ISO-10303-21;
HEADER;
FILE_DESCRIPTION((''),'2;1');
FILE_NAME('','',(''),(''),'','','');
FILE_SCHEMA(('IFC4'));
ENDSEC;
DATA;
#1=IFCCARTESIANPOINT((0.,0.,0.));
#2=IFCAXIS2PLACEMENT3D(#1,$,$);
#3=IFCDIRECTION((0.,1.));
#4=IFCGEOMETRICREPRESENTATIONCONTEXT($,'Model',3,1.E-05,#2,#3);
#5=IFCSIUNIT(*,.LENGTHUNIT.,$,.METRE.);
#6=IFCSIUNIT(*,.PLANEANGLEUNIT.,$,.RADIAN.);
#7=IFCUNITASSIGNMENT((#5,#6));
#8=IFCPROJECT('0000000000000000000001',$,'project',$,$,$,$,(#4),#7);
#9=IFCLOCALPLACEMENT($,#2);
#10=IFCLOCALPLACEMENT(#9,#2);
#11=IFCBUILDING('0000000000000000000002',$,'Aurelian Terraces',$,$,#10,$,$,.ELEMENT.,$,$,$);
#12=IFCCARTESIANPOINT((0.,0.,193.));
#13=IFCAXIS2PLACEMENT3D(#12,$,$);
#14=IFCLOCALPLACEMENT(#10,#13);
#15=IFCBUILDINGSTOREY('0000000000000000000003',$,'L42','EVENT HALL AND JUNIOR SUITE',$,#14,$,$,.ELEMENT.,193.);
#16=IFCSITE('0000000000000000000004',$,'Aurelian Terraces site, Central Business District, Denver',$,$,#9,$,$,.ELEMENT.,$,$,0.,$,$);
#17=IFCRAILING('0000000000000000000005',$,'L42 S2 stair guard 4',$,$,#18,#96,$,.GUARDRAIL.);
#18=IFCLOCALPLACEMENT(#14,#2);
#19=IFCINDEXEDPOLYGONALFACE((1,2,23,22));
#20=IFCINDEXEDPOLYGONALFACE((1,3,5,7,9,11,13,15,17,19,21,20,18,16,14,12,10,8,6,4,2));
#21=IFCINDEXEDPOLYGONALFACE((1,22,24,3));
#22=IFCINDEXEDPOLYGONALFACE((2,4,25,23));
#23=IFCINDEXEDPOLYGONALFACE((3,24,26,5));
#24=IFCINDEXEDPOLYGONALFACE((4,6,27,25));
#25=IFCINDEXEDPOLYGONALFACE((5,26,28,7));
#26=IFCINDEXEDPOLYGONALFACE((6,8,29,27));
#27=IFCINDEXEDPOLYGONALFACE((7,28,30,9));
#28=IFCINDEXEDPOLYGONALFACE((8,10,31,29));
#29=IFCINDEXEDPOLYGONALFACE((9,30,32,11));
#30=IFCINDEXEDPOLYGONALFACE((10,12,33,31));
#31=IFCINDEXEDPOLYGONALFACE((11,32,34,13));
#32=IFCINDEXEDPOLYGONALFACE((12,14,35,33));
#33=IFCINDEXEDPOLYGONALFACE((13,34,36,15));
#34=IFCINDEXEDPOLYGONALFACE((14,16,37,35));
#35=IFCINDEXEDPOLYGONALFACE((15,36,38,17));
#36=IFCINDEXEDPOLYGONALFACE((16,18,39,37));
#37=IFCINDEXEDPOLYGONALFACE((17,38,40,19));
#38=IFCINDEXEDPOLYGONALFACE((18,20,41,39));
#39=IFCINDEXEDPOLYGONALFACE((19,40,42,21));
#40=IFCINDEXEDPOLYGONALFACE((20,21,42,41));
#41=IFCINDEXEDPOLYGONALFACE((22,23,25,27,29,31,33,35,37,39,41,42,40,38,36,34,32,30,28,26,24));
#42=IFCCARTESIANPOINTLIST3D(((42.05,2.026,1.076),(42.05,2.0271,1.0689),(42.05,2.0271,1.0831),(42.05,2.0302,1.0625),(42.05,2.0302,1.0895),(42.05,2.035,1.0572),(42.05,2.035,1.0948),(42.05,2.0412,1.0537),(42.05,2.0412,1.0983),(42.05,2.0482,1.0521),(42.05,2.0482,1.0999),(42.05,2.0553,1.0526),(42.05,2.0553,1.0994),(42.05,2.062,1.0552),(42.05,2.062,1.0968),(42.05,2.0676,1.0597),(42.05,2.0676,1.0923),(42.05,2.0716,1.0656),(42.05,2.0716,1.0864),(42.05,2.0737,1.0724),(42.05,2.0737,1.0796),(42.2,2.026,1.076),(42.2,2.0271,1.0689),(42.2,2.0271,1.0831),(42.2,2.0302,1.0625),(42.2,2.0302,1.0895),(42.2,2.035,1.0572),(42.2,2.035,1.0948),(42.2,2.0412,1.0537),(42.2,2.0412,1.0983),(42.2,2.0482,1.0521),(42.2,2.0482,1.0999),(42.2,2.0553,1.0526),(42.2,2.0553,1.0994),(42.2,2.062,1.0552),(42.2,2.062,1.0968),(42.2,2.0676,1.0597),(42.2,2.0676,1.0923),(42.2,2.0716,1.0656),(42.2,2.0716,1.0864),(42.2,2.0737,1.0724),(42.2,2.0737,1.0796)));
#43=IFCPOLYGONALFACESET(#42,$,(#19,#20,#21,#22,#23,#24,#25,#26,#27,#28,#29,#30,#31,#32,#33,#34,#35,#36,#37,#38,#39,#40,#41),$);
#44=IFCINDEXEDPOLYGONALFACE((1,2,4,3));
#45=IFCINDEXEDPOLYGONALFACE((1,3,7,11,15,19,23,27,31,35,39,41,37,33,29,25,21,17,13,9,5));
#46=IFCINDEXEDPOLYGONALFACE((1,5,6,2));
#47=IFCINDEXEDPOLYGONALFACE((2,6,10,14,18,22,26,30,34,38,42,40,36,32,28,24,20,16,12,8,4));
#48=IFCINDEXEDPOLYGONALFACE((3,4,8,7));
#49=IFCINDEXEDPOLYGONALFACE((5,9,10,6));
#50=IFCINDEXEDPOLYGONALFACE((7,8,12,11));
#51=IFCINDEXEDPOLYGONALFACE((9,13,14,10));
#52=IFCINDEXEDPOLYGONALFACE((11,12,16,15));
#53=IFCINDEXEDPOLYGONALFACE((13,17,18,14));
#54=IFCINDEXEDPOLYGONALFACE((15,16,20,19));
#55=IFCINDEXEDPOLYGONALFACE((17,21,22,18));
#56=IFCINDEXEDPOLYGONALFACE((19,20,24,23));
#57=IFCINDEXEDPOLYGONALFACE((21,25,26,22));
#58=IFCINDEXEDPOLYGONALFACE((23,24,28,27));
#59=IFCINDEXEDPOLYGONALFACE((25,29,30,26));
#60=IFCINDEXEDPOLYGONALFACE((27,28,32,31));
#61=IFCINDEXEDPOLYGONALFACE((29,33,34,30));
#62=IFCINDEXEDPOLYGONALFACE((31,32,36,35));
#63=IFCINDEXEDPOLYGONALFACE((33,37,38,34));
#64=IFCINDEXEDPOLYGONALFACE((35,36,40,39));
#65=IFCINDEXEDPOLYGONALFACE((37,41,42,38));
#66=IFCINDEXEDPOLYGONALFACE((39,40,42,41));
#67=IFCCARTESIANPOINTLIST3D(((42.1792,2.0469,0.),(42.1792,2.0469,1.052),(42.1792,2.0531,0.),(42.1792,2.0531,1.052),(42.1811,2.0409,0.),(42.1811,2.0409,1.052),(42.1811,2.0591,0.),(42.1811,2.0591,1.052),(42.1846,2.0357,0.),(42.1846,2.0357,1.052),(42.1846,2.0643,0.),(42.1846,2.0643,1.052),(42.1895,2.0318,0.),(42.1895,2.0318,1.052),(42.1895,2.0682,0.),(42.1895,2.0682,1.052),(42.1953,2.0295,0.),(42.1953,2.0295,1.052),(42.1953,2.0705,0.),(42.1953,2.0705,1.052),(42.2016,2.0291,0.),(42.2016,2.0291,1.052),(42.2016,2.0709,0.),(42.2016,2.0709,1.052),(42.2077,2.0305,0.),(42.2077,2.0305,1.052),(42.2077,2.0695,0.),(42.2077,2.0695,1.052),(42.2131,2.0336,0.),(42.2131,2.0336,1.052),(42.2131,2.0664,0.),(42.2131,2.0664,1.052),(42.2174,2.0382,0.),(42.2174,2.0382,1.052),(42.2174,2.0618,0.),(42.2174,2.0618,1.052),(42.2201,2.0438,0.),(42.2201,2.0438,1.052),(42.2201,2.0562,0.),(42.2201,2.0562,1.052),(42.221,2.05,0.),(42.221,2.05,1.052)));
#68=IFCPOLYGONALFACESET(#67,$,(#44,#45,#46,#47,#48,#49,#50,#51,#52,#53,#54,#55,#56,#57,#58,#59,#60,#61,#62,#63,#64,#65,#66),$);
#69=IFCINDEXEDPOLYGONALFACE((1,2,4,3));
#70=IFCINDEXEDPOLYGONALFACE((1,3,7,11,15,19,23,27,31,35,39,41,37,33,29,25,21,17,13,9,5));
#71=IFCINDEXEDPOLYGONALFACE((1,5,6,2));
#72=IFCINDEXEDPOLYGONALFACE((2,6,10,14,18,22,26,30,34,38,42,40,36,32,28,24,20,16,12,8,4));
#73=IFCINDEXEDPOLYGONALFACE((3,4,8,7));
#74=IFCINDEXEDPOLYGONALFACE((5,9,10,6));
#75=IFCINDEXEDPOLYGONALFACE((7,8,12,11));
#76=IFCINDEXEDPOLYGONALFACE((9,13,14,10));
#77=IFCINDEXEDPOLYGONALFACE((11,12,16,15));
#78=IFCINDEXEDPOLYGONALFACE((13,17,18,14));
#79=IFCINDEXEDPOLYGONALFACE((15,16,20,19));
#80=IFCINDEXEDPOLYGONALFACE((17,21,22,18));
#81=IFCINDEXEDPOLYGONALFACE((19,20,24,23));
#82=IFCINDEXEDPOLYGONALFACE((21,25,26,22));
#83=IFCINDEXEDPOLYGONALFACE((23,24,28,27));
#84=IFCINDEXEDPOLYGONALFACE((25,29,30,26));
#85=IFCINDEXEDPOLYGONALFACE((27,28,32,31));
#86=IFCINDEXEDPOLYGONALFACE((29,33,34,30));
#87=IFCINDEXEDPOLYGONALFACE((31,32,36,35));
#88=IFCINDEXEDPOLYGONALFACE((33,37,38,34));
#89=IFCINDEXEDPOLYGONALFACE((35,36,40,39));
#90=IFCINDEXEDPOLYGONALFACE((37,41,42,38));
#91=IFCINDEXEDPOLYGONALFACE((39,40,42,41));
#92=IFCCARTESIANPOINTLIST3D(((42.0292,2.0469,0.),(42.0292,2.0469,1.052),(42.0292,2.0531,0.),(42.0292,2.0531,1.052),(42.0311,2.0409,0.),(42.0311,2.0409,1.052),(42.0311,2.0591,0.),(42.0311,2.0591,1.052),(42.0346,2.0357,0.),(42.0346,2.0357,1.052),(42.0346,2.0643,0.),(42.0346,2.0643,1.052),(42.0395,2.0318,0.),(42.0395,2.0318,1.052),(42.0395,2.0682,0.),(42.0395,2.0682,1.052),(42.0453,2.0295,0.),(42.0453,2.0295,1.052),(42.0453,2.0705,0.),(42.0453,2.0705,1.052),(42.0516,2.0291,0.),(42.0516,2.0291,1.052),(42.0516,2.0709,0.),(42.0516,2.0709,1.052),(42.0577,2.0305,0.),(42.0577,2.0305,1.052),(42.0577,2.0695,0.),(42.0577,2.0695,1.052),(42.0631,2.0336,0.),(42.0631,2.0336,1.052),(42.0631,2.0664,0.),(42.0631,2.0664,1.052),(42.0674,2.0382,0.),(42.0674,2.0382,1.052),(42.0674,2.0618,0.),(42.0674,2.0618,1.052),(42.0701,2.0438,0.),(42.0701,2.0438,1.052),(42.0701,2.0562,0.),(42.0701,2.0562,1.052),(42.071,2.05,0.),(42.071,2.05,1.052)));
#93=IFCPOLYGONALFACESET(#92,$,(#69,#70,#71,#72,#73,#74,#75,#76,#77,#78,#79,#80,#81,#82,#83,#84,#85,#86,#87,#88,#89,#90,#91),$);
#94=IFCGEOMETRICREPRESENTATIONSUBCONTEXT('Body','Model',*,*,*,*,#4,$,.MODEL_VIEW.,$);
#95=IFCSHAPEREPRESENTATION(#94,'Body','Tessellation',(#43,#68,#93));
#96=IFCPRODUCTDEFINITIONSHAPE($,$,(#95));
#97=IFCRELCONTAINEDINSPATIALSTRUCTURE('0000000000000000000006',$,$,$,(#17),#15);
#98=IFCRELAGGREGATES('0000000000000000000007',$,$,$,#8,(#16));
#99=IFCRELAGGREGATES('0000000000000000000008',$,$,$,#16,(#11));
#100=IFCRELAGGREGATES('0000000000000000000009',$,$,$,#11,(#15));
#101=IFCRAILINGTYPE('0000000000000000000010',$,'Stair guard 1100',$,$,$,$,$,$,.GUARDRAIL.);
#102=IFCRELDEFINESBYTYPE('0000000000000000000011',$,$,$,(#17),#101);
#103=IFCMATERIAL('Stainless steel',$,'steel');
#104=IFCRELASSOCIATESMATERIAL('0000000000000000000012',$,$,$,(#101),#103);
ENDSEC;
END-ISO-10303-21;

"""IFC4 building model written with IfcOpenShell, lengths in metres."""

from ifc_helpers import new_model, si_unit, direction, frame, origin, origin_2d, place, context, subcontext, project, spatial, circle, extrude, source, transform, mapped, material, type_object, element, save


model = new_model("IFC4")

# Units and contexts
model_context = context("Model", 3, precision=1e-05, world=origin(), true_north=direction((0.0, 1.0)))
body_context = subcontext(model_context, "Body", "Model", "MODEL_VIEW")
ifc_project = project(units=[si_unit("LENGTHUNIT", "METRE"), si_unit("PLANEANGLEUNIT", "RADIAN")], contexts=[model_context])

# Site, building, storey
site_placement = place(None, origin())
site = spatial("IfcSite", under=ifc_project, at=site_placement, Name="Aurelian Terraces site, Central Business District, Denver", CompositionType="ELEMENT", RefElevation=0.0)
building_placement = place(site_placement, origin())
building = spatial("IfcBuilding", under=site, at=building_placement, Name="Aurelian Terraces", CompositionType="ELEMENT")
storey_placement = place(building_placement, frame((0.0, 0.0, 193.0)))
storey = spatial("IfcBuildingStorey", under=building, at=storey_placement, Name="L42", Description="EVENT HALL AND JUNIOR SUITE", CompositionType="ELEMENT", Elevation=193.0)

# Railing
ifc_material_1 = material(Name="Stainless steel", Category="steel")
railing_type_1 = type_object("IfcRailingType", Name="Stair guard 1100", PredefinedType="GUARDRAIL", material=ifc_material_1)
shared_shape_1 = source(origin(), body_context, "Body", "SweptSolid", [
    extrude(circle(Radius=0.024, at=origin_2d()), frame((0.0, 0.0, 1.076), z_axis=(-1.0, 0.0, 0.0), x_axis=(0.0, -1.0, 0.0)), (0.0, 0.0, 1.0), 0.15),
    extrude(circle(Radius=0.021, at=origin_2d()), origin(), (0.0, 0.0, 1.0), 1.052),
    extrude(circle(Radius=0.021, at=origin_2d()), frame((-0.15, 0.0, 0.0)), (0.0, 0.0, 1.0), 1.052),
])
for number, where, name in (
    (1, (42.2, 2.05, 0.0), "L42 S2 stair guard 4"),
):
    element("IfcRailing", number, at=place(storey_placement, frame(where)), inside=storey, type_object=railing_type_1, Name=name, PredefinedType="GUARDRAIL", context=body_context, shape_type="MappedRepresentation", body=[
        mapped(shared_shape_1, transform((0.0, 0.0, 0.0), scale=1.0)),
    ])

save(model, "model.ifc")
